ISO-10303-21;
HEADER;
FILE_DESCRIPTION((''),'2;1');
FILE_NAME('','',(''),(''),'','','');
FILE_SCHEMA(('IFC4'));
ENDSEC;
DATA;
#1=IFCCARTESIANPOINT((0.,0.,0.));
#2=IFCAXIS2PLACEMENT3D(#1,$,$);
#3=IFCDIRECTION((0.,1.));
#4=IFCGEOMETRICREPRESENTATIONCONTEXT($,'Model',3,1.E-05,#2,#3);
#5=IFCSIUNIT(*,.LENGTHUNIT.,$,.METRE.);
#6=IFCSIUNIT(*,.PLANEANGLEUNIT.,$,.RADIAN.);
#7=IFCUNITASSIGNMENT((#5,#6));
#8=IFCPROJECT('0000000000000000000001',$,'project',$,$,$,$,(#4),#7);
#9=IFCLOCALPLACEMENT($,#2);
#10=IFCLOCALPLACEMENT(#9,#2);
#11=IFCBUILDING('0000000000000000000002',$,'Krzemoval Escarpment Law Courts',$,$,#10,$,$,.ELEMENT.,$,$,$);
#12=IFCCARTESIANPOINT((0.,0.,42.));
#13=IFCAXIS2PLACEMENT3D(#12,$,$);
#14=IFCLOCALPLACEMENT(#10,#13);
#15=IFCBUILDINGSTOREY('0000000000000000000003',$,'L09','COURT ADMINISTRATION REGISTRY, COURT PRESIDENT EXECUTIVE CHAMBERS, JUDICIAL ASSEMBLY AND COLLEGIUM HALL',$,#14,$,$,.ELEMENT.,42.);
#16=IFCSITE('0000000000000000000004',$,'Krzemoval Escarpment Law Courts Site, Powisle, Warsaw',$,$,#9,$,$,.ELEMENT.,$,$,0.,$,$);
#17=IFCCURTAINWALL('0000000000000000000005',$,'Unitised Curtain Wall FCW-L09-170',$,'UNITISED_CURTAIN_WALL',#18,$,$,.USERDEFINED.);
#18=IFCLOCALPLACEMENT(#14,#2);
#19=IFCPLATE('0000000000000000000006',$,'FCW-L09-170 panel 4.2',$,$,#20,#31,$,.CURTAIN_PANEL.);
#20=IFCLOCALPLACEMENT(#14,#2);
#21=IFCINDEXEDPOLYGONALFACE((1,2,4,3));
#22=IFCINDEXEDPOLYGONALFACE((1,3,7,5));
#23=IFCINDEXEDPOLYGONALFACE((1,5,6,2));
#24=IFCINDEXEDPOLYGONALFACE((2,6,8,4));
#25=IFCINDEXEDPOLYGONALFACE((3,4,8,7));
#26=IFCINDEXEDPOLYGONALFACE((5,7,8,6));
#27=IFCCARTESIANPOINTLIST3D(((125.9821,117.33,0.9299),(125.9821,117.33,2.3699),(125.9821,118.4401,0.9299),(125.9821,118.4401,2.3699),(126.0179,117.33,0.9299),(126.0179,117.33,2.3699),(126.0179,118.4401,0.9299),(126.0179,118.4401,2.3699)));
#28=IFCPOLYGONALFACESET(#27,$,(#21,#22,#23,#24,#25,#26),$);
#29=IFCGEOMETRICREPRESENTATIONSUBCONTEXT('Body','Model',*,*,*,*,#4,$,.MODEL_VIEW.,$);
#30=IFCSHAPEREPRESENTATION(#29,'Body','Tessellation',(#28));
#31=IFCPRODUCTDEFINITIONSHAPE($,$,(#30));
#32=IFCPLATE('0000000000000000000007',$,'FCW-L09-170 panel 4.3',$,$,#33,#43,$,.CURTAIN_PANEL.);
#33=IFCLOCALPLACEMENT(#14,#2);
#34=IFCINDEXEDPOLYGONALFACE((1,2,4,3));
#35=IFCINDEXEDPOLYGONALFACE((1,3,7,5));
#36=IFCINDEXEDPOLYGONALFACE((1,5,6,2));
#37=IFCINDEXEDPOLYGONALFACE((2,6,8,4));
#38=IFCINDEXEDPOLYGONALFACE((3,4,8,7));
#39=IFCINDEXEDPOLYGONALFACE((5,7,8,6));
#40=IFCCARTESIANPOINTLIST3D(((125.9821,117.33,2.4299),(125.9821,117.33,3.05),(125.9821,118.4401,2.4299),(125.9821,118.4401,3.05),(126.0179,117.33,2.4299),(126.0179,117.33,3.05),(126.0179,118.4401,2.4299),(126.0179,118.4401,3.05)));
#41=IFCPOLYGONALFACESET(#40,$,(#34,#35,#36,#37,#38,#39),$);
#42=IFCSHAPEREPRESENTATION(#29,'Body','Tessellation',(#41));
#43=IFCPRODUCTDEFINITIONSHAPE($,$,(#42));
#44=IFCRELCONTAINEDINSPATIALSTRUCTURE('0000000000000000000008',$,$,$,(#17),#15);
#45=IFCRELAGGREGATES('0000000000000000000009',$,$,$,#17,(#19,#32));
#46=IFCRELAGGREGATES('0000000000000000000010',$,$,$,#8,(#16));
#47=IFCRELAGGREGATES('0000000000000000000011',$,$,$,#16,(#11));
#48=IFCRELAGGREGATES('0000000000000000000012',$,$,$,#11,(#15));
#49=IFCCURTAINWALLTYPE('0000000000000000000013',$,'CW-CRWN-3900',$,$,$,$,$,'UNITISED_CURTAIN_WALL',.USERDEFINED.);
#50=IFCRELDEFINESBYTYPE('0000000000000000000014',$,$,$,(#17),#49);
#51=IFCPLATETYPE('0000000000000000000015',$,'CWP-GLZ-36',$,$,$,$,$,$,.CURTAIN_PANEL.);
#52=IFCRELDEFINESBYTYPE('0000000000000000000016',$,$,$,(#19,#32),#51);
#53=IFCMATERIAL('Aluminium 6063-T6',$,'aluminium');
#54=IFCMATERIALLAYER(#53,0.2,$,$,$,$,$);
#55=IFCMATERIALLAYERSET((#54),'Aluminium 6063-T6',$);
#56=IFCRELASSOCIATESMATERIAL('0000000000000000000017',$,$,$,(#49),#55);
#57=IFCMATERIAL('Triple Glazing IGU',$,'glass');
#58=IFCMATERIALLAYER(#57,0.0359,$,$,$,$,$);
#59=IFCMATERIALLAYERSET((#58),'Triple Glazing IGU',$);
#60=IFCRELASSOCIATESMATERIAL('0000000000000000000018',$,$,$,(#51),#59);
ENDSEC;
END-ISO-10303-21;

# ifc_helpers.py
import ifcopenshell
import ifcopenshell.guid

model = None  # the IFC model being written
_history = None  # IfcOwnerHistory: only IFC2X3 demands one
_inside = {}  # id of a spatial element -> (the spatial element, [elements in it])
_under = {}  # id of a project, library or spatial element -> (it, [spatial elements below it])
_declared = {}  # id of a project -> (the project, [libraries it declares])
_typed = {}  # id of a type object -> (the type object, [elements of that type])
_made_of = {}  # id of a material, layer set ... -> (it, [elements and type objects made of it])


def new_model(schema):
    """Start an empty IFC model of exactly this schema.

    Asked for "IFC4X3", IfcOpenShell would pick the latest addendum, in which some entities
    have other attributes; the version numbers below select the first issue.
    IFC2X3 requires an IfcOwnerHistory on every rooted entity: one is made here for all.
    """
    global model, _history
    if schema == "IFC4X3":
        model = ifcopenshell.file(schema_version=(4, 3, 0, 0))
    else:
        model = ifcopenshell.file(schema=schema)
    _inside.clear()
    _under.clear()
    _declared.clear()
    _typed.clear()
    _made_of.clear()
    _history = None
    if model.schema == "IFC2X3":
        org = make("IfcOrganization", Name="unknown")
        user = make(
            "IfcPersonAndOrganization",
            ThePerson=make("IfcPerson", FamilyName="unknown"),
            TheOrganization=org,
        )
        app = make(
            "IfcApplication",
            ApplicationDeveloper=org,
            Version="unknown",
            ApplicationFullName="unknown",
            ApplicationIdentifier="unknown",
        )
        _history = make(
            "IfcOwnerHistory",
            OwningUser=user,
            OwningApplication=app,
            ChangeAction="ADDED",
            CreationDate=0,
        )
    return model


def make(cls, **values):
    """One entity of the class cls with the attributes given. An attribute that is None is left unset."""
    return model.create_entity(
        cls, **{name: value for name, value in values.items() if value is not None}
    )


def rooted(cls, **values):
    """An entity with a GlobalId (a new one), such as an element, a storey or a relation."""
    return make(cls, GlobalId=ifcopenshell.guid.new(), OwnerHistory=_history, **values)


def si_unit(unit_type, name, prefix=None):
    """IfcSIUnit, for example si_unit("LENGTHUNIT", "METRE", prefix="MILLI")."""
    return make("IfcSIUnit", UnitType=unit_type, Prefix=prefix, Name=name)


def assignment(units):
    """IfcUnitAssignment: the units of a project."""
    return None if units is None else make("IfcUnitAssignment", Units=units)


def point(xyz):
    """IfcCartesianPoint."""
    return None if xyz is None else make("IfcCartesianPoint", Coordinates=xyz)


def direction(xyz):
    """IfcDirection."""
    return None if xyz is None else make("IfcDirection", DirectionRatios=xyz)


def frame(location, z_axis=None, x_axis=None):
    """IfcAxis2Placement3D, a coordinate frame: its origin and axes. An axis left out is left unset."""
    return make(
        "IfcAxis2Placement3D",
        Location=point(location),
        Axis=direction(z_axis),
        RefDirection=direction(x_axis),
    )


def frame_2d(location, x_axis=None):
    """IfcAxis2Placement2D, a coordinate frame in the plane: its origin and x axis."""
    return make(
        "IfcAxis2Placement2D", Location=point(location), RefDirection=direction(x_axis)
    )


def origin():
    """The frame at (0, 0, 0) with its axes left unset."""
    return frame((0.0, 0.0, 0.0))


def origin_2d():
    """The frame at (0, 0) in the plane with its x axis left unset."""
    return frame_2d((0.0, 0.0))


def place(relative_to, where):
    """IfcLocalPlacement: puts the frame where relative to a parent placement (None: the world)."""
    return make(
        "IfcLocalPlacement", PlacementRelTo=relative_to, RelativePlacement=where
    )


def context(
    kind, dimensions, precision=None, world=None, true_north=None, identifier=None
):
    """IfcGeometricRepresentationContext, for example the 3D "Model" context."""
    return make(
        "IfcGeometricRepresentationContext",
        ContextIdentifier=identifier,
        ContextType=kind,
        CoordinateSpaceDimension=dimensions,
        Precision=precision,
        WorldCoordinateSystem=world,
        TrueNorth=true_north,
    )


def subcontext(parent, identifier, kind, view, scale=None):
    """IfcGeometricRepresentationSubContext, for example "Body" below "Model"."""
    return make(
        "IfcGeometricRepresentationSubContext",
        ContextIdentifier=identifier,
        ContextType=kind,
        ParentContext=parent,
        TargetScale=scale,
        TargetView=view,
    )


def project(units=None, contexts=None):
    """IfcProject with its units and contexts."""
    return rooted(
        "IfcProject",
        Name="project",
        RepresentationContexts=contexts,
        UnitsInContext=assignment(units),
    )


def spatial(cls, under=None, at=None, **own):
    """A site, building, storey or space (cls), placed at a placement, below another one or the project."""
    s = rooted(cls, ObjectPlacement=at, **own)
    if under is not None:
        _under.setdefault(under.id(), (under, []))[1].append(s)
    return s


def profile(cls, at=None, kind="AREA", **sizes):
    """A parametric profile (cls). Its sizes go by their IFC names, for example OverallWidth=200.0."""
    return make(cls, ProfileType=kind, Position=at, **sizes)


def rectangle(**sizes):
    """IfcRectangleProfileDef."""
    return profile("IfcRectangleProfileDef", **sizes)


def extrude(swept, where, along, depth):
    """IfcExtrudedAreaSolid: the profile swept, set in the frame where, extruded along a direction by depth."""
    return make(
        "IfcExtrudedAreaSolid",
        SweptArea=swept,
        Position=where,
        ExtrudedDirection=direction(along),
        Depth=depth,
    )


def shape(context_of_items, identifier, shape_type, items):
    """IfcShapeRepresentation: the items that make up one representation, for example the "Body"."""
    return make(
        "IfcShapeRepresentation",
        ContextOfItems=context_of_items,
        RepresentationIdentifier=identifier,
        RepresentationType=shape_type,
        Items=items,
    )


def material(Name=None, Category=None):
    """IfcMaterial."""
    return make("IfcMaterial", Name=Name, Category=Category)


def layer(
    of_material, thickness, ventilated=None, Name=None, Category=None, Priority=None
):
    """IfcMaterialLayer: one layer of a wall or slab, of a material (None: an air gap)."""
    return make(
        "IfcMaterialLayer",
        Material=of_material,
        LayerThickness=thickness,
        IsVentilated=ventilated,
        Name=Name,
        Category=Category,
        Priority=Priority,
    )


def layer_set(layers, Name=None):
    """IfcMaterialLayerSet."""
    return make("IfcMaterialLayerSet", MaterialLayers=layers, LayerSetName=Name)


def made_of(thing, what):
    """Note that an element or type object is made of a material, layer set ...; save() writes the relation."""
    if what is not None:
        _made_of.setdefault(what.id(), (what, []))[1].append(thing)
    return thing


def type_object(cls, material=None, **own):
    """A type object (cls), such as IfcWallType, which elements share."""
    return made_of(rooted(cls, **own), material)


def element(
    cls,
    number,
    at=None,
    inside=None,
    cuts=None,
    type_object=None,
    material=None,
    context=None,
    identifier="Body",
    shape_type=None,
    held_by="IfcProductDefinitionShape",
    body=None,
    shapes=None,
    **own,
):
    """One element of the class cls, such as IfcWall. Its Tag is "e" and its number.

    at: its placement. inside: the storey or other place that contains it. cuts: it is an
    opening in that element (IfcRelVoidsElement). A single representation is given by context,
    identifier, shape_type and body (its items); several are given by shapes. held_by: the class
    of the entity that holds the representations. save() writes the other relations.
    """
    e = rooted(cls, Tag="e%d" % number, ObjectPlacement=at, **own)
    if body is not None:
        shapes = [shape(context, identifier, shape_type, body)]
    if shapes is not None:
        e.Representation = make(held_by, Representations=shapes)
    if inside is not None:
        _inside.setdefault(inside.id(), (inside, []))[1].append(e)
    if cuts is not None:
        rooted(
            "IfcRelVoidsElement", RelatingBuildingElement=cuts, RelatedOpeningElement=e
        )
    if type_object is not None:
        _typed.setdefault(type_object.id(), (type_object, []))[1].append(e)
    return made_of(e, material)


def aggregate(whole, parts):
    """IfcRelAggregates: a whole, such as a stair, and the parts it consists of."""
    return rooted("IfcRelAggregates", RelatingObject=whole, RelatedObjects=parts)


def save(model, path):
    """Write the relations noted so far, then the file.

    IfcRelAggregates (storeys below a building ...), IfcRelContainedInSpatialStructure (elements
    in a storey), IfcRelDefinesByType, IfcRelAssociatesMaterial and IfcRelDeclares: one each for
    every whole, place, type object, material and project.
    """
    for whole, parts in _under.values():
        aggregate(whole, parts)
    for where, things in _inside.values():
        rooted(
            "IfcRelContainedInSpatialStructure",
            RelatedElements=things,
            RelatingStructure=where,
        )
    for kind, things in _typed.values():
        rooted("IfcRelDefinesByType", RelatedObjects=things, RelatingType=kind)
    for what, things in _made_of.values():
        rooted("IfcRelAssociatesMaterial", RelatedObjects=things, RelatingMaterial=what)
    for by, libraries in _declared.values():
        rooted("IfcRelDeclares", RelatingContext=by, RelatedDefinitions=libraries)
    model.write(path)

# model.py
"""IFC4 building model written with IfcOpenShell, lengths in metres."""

from ifc_helpers import new_model, si_unit, direction, frame, origin, origin_2d, place, context, subcontext, project, spatial, rectangle, extrude, material, layer, layer_set, type_object, element, aggregate, save


model = new_model("IFC4")

# Units and contexts
model_context = context("Model", 3, precision=1e-05, world=origin(), true_north=direction((0.0, 1.0)))
body_context = subcontext(model_context, "Body", "Model", "MODEL_VIEW")
ifc_project = project(units=[si_unit("LENGTHUNIT", "METRE"), si_unit("PLANEANGLEUNIT", "RADIAN")], contexts=[model_context])

# Site, building, storey
site_placement = place(None, origin())
site = spatial("IfcSite", under=ifc_project, at=site_placement, Name="Krzemoval Escarpment Law Courts Site, Powisle, Warsaw", CompositionType="ELEMENT", RefElevation=0.0)
building_placement = place(site_placement, origin())
building = spatial("IfcBuilding", under=site, at=building_placement, Name="Krzemoval Escarpment Law Courts", CompositionType="ELEMENT")
storey_placement = place(building_placement, frame((0.0, 0.0, 42.0)))
storey = spatial("IfcBuildingStorey", under=building, at=storey_placement, Name="L09", Description="COURT ADMINISTRATION REGISTRY, COURT PRESIDENT EXECUTIVE CHAMBERS, JUDICIAL ASSEMBLY AND COLLEGIUM HALL", CompositionType="ELEMENT", Elevation=42.0)

# Curtain wall, plates
ifc_material_1 = material(Name="Aluminium 6063-T6", Category="aluminium")
ifc_layer_1 = layer(ifc_material_1, 0.2)
ifc_layer_set_1 = layer_set([ifc_layer_1], Name="Aluminium 6063-T6")
curtain_wall_type = type_object("IfcCurtainWallType", Name="CW-CRWN-3900", ElementType="UNITISED_CURTAIN_WALL", PredefinedType="USERDEFINED", material=ifc_layer_set_1)
curtain_wall_placement = place(storey_placement, origin())
curtain_wall = element("IfcCurtainWall", 1, at=curtain_wall_placement, inside=storey, type_object=curtain_wall_type, Name="Unitised Curtain Wall FCW-L09-170", ObjectType="UNITISED_CURTAIN_WALL", PredefinedType="USERDEFINED")
ifc_material_2 = material(Name="Triple Glazing IGU", Category="glass")
ifc_layer_2 = layer(ifc_material_2, 0.0359)
ifc_layer_set_2 = layer_set([ifc_layer_2], Name="Triple Glazing IGU")
plate_type = type_object("IfcPlateType", Name="CWP-GLZ-36", PredefinedType="CURTAIN_PANEL", material=ifc_layer_set_2)
plate_1_placement = place(storey_placement, frame((126.0, 117.885, 0.9299), z_axis=(0.0, 0.0, 1.0), x_axis=(0.0, 1.0, 0.0)))
plate_1 = element("IfcPlate", 2, at=plate_1_placement, type_object=plate_type, Name="FCW-L09-170 panel 4.2", PredefinedType="CURTAIN_PANEL", context=body_context, shape_type="SweptSolid", body=[
    extrude(rectangle(XDim=1.1101, YDim=0.0359, at=origin_2d()), origin(), (0.0, 0.0, 1.0), 1.4399),
])
plate_2_placement = place(storey_placement, frame((126.0, 117.885, 2.4299), z_axis=(0.0, 0.0, 1.0), x_axis=(0.0, 1.0, 0.0)))
plate_2 = element("IfcPlate", 3, at=plate_2_placement, type_object=plate_type, Name="FCW-L09-170 panel 4.3", PredefinedType="CURTAIN_PANEL", context=body_context, shape_type="SweptSolid", body=[
    extrude(rectangle(XDim=1.1101, YDim=0.0359, at=origin_2d()), origin(), (0.0, 0.0, 1.0), 0.6201),
])
aggregate(curtain_wall, [plate_1, plate_2])

save(model, "model.ifc")
